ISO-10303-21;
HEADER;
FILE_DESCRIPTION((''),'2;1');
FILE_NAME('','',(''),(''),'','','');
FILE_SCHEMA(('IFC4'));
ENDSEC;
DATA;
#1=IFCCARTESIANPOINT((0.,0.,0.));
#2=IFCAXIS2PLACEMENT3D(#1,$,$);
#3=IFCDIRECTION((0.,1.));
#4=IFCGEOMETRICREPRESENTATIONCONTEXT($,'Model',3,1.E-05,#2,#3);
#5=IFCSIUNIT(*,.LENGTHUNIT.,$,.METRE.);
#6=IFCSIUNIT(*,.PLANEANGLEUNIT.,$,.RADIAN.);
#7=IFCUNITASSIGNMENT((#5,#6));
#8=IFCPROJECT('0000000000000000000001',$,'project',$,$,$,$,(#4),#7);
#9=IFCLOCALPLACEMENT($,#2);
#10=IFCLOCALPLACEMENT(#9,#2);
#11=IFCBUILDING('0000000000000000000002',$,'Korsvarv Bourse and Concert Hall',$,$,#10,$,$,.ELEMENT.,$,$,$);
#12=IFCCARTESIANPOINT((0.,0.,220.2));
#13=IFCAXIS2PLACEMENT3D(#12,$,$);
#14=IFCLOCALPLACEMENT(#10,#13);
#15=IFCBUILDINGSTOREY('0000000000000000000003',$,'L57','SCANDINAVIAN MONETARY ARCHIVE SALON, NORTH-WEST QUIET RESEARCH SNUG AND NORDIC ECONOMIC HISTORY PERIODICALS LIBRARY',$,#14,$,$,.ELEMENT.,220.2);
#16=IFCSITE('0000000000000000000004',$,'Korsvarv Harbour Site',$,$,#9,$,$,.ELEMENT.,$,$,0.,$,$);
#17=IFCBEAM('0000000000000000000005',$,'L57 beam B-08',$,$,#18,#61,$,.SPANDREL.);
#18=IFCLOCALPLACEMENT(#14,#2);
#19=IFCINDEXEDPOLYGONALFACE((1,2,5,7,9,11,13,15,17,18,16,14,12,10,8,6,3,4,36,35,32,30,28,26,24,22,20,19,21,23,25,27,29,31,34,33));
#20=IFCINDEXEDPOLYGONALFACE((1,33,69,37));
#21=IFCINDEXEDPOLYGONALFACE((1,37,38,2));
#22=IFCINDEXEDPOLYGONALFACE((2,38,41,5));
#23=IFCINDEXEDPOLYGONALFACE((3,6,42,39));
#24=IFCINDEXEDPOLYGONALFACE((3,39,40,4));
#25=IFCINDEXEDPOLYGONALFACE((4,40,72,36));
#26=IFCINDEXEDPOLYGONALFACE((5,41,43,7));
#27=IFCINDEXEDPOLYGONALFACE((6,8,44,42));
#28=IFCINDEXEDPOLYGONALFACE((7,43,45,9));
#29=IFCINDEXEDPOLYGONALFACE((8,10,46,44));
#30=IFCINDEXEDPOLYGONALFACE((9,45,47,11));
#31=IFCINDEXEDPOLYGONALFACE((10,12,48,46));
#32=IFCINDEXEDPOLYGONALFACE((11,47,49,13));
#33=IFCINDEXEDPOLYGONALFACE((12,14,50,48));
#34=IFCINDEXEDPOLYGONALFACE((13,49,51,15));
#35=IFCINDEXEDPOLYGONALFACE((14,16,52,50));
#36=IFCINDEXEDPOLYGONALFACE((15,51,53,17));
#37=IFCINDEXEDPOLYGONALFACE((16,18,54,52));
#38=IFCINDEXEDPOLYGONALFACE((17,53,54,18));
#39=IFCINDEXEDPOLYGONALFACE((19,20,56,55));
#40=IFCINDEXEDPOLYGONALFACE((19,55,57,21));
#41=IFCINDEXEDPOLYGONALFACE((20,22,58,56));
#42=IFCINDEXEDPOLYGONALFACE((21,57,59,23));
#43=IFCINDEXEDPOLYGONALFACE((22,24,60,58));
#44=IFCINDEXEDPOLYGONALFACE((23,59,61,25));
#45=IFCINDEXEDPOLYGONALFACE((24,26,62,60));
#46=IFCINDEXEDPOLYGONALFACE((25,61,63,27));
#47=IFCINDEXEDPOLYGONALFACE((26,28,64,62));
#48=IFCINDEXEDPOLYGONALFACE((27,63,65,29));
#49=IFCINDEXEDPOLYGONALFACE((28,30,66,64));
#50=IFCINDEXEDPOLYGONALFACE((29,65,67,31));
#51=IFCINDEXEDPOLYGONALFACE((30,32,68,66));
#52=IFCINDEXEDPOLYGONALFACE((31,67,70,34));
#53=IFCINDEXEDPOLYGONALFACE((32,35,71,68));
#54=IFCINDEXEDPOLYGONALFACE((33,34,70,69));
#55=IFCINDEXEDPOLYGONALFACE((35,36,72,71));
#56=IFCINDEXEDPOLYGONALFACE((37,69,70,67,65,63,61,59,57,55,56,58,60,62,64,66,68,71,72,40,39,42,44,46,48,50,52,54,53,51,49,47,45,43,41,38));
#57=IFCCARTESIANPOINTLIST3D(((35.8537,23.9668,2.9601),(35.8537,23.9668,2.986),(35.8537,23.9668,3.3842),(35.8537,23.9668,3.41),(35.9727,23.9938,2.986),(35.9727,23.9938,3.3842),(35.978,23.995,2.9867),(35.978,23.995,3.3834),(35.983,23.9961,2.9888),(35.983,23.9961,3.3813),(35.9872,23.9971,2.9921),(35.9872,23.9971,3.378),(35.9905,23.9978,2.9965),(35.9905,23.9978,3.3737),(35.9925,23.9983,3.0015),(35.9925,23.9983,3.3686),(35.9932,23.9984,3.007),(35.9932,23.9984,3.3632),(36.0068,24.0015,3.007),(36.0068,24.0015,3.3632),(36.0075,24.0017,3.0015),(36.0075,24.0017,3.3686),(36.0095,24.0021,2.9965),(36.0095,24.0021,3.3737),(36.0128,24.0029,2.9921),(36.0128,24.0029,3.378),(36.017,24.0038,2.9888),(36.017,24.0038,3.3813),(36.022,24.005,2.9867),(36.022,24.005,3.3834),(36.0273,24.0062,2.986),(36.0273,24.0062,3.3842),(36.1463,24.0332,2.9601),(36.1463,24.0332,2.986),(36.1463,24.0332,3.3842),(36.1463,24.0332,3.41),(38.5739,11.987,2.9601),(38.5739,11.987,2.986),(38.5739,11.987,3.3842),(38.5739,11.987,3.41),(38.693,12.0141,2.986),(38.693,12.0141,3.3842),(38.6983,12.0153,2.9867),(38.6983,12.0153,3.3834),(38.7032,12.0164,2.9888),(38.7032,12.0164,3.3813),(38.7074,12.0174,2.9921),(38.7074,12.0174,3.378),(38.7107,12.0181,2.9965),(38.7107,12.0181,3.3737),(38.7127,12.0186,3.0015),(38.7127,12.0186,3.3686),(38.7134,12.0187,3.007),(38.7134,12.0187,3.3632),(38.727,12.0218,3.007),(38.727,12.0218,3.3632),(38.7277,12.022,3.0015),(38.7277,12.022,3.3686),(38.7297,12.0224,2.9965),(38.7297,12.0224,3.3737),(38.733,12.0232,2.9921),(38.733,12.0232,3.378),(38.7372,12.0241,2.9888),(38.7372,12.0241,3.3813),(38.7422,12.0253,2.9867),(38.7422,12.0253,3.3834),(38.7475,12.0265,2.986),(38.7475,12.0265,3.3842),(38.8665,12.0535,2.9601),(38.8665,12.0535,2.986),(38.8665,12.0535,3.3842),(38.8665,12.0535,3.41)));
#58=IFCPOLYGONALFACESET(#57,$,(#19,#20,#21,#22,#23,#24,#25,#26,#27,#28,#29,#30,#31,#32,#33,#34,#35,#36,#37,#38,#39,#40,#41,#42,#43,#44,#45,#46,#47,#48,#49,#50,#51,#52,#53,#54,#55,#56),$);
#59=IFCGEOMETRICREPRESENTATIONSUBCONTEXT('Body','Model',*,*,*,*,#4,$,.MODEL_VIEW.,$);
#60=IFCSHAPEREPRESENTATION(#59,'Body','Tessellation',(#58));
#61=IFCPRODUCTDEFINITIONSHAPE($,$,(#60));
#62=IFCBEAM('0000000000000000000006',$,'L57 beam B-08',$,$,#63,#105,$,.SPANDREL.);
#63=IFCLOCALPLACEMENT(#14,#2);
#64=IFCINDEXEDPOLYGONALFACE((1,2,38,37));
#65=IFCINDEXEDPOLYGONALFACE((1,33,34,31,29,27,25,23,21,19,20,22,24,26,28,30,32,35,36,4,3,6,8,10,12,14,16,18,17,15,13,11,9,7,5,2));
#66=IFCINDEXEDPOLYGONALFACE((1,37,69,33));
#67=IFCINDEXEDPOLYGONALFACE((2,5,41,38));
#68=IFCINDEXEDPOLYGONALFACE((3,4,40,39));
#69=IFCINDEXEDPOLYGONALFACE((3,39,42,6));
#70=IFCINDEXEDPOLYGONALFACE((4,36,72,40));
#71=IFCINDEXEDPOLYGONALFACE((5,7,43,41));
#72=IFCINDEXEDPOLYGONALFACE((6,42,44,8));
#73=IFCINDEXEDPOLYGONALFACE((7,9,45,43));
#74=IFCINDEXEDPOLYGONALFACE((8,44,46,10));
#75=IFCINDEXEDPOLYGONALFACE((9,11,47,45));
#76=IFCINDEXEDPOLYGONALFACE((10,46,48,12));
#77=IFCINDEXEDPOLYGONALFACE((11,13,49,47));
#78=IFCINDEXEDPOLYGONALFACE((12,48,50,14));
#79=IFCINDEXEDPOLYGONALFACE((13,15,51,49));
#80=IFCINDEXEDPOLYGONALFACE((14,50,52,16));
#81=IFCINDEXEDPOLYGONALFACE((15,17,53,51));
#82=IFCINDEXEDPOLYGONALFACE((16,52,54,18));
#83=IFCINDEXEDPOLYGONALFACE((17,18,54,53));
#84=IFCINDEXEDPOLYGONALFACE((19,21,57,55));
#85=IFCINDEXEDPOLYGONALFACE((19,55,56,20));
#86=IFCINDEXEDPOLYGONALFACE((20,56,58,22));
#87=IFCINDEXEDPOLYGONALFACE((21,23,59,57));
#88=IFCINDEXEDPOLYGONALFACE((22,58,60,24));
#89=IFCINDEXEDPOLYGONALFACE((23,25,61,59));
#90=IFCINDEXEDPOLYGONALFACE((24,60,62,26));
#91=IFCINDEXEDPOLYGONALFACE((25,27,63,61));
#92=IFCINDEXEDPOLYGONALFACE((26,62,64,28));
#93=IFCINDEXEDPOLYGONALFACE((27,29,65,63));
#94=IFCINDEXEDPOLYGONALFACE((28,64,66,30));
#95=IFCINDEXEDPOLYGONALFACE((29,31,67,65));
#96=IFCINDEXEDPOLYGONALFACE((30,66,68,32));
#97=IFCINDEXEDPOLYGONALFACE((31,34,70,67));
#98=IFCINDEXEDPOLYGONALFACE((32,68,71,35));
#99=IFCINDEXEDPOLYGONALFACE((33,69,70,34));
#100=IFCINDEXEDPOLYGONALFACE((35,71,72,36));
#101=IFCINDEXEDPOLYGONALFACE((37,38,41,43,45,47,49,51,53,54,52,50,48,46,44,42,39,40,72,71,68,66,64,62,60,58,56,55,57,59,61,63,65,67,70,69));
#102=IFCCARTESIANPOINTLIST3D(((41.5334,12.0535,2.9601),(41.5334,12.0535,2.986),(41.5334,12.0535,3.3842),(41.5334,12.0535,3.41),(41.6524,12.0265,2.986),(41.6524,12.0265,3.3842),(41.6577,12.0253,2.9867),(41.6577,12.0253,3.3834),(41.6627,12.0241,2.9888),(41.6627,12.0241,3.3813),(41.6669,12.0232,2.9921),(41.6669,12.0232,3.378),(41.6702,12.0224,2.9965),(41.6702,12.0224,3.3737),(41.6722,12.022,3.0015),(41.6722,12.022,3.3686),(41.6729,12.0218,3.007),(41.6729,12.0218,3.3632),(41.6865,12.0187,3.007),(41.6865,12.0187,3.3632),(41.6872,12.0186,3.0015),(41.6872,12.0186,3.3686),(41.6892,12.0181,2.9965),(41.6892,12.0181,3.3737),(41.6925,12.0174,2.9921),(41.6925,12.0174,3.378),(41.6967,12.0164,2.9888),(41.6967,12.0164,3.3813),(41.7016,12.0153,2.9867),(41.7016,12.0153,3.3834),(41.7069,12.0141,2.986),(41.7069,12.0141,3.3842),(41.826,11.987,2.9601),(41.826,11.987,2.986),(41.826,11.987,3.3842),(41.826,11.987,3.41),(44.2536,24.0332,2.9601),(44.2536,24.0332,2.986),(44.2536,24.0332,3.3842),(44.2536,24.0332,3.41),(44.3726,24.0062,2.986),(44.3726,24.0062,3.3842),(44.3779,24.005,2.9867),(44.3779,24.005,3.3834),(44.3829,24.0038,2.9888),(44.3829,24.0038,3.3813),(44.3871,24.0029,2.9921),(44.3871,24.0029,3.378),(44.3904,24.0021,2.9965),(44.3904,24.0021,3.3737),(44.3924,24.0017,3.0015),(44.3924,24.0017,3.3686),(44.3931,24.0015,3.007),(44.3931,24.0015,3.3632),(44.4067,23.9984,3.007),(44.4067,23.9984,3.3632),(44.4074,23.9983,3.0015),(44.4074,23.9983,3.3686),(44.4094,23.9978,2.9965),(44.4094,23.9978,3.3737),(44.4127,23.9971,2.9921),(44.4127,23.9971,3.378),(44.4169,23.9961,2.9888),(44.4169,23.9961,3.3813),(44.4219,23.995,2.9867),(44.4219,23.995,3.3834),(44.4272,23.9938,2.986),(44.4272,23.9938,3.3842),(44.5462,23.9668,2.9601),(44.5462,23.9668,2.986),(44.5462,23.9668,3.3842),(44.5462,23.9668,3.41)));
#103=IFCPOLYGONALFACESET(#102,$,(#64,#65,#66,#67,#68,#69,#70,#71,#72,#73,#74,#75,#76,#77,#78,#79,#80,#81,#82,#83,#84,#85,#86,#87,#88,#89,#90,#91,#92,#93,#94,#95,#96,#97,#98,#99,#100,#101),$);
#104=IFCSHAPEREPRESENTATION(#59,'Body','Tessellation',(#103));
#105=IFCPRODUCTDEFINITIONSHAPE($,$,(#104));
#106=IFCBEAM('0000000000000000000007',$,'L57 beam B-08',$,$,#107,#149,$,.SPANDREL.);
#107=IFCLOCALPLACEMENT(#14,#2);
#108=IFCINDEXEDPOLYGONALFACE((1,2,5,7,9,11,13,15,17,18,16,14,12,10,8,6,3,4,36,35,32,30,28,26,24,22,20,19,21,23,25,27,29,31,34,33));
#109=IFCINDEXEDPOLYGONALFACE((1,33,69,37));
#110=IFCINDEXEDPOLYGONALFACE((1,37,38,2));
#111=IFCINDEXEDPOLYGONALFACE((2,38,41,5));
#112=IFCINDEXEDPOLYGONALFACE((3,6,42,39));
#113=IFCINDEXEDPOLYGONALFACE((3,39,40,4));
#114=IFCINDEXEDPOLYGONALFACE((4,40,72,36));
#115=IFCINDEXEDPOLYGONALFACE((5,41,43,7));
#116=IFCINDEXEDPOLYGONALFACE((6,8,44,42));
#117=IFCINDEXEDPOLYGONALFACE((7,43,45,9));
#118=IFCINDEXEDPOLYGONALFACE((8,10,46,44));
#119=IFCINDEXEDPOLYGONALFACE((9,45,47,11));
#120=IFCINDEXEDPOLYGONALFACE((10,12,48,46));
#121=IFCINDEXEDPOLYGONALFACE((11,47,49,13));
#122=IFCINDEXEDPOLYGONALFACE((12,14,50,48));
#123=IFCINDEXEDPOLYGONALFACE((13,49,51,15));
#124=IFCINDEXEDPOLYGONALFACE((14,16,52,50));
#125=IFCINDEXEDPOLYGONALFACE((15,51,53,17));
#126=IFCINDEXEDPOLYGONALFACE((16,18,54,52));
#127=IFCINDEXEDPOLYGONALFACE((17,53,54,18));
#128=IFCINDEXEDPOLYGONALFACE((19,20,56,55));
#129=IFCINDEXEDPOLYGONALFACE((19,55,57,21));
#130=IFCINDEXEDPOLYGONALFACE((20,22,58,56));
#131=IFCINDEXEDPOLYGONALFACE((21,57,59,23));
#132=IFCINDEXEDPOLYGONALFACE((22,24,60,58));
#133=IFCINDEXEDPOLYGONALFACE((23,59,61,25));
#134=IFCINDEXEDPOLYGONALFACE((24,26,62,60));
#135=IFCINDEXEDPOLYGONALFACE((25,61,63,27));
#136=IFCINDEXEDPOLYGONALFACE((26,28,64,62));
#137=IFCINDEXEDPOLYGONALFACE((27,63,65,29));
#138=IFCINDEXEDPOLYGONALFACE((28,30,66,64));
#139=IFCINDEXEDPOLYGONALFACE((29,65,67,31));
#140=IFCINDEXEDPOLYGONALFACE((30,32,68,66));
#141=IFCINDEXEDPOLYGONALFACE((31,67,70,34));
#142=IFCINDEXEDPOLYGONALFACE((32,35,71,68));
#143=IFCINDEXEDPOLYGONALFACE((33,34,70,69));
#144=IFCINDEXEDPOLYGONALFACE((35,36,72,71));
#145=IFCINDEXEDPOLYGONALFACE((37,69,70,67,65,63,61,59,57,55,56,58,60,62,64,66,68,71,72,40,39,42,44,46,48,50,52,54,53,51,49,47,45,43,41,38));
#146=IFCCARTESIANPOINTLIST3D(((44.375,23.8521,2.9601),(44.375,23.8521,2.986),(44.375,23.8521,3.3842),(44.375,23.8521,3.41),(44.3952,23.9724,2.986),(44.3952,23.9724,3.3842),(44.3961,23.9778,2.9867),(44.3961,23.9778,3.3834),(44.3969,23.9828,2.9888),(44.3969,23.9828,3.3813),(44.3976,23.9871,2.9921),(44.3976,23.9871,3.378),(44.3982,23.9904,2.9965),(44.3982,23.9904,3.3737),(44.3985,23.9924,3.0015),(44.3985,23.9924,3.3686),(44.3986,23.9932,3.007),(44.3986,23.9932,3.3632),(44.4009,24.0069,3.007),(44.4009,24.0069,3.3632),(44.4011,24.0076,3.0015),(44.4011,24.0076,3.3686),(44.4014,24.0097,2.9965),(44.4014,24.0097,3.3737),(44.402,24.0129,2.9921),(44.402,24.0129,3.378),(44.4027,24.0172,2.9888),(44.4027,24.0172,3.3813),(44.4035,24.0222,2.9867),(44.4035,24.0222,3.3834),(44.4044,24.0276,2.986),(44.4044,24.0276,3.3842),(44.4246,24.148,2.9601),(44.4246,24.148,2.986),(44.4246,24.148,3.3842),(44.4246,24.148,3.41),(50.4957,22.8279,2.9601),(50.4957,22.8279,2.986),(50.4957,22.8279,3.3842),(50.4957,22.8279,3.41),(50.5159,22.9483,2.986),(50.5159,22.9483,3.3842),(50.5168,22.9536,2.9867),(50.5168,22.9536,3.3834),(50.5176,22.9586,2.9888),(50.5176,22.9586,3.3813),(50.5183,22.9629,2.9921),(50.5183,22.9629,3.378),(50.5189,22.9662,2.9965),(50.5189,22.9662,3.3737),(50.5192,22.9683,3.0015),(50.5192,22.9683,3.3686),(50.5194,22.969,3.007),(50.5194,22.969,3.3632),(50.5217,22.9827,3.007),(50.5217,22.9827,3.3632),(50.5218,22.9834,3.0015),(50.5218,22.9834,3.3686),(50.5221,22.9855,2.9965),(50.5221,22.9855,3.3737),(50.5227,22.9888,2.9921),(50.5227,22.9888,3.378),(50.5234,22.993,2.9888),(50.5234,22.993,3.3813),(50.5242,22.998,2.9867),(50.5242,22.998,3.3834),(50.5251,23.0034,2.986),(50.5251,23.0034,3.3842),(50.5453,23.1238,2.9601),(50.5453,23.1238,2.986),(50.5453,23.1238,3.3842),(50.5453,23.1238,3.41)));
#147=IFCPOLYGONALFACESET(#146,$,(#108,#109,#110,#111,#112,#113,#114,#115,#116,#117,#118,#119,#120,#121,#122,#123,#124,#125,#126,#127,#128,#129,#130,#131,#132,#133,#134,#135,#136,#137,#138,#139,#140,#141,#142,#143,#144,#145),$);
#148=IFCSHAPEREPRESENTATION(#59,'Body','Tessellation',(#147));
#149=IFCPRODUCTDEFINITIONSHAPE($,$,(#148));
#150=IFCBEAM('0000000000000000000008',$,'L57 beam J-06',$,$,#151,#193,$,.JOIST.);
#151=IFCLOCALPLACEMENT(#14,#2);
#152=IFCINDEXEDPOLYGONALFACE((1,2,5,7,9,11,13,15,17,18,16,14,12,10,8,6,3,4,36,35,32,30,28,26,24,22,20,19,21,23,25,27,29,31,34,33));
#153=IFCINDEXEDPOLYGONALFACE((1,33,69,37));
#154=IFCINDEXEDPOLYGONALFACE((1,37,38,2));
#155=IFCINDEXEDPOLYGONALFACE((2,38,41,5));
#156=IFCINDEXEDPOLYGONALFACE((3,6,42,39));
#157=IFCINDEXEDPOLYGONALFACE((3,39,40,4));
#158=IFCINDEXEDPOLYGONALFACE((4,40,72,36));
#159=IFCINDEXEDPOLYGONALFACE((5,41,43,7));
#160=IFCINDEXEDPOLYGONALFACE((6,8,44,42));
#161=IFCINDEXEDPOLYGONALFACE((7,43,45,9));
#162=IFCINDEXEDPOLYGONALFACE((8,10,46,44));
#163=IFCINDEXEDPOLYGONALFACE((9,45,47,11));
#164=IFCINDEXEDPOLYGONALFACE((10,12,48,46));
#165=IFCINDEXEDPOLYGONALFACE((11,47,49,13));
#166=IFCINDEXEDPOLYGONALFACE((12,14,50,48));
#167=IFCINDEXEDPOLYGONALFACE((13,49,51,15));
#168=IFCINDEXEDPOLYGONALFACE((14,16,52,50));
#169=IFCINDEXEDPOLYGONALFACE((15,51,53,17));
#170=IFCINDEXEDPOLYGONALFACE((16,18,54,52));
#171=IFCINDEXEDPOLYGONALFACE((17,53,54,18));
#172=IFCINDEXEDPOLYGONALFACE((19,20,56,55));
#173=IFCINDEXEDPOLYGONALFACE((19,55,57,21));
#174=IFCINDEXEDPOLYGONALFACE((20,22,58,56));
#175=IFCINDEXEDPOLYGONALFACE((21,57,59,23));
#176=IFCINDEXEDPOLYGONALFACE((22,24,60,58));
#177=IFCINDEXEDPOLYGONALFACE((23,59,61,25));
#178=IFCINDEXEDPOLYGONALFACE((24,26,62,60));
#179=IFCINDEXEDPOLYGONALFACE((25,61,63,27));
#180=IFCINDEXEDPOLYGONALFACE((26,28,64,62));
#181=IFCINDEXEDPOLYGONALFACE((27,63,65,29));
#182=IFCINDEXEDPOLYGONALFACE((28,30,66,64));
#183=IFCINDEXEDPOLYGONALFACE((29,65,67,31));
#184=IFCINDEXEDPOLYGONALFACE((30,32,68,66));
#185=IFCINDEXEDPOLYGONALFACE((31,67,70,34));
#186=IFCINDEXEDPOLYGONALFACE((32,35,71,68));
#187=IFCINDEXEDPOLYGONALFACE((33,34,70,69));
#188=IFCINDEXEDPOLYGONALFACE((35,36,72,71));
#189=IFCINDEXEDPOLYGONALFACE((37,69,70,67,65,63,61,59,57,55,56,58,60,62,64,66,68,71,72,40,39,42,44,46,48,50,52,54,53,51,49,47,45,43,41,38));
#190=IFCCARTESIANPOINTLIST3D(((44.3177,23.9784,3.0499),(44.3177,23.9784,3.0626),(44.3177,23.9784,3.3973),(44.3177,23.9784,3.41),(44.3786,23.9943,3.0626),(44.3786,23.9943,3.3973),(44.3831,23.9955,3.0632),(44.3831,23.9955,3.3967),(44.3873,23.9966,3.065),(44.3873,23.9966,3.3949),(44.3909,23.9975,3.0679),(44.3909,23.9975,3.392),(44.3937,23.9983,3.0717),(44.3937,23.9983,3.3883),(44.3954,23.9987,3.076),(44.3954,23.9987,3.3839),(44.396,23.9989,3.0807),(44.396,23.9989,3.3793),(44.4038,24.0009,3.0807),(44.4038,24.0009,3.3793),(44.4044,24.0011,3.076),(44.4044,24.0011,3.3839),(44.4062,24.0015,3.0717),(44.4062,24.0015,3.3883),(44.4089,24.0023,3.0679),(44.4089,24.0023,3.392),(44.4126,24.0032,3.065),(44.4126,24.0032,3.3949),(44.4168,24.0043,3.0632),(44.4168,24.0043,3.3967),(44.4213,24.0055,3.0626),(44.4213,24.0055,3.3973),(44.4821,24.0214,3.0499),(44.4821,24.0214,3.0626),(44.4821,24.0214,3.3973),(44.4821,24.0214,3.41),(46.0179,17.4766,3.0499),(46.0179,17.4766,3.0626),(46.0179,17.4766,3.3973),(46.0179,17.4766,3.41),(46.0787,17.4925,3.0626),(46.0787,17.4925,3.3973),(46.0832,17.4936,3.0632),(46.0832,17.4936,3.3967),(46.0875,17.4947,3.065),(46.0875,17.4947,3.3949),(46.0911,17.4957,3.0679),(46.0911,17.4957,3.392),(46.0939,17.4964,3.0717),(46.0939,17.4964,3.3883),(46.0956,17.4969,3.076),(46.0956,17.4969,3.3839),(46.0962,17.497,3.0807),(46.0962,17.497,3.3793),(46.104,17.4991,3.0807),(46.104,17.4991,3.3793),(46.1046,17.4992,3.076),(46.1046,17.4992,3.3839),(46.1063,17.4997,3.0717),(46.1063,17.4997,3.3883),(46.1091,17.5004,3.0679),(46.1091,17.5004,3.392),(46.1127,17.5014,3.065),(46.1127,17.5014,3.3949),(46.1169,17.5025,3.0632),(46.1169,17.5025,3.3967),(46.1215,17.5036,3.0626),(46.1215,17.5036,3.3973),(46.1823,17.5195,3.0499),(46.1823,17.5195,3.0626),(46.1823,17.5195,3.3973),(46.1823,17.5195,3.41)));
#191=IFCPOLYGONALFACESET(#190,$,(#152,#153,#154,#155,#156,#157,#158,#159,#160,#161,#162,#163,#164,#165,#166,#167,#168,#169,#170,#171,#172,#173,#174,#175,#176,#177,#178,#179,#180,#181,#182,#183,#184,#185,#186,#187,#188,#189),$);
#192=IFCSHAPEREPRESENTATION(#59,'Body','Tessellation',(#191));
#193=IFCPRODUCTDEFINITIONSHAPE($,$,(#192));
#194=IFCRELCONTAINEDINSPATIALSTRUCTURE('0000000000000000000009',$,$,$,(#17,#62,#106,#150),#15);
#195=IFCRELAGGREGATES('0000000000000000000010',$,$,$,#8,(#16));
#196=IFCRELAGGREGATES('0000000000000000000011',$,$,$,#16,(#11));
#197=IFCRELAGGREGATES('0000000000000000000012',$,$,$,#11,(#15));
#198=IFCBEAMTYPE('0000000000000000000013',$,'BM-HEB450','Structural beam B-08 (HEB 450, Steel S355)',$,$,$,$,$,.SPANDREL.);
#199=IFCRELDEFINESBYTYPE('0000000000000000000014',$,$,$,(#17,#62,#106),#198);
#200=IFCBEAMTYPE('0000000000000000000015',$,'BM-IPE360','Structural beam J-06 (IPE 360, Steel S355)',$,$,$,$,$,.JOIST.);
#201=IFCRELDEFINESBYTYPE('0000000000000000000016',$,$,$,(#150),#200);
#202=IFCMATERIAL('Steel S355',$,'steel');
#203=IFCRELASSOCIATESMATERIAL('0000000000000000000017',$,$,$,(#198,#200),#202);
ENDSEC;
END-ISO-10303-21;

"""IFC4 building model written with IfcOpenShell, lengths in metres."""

from ifc_helpers import new_model, si_unit, direction, frame, origin, origin_2d, place, context, subcontext, project, spatial, i_section, extrude, source, transform, mapped, material, material_profile, profile_set, type_object, element, save


model = new_model("IFC4")

# Units and contexts
model_context = context("Model", 3, precision=1e-05, world=origin(), true_north=direction((0.0, 1.0)))
body_context = subcontext(model_context, "Body", "Model", "MODEL_VIEW")
ifc_project = project(units=[si_unit("LENGTHUNIT", "METRE"), si_unit("PLANEANGLEUNIT", "RADIAN")], contexts=[model_context])

# Site, building, storey
site_placement = place(None, origin())
site = spatial("IfcSite", under=ifc_project, at=site_placement, Name="Korsvarv Harbour Site", CompositionType="ELEMENT", RefElevation=0.0)
building_placement = place(site_placement, origin())
building = spatial("IfcBuilding", under=site, at=building_placement, Name="Korsvarv Bourse and Concert Hall", CompositionType="ELEMENT")
storey_placement = place(building_placement, frame((0.0, 0.0, 220.2)))
storey = spatial("IfcBuildingStorey", under=building, at=storey_placement, Name="L57", Description="SCANDINAVIAN MONETARY ARCHIVE SALON, NORTH-WEST QUIET RESEARCH SNUG AND NORDIC ECONOMIC HISTORY PERIODICALS LIBRARY", CompositionType="ELEMENT", Elevation=220.2)

# Shared definitions
ifc_material_1 = material(Name="Steel S355", Category="steel")

# Beams
ifc_material_profile_1 = material_profile(ifc_material_1, i_section(OverallWidth=0.3, OverallDepth=0.45, WebThickness=0.0139, FlangeThickness=0.0259, FilletRadius=0.021, at=origin_2d()), Name="HEB 450")
ifc_profile_set_1 = profile_set([ifc_material_profile_1], Name="Steel S355")
beam_type_1 = type_object("IfcBeamType", Name="BM-HEB450", Description="Structural beam B-08 (HEB 450, Steel S355)", PredefinedType="SPANDREL", material=ifc_profile_set_1)
shared_shape_1 = source(origin(), body_context, "Body", "SweptSolid", [
    extrude(i_section(OverallWidth=0.3, OverallDepth=0.45, WebThickness=0.0139, FlangeThickness=0.0259, FilletRadius=0.021, at=origin_2d()), origin(), (0.0, 0.0, 1.0), 12.2847),
])
for number, where, z_axis, x_axis, name in (
    (1, (38.7202, 12.0203, 3.1851), (-0.221431, 0.975176, 0.0), (-0.975176, -0.221431, 0.0), "L57 beam B-08"),
    (2, (41.6797, 12.0203, 3.1851), (0.221431, 0.975176, 0.0), (-0.975176, 0.221431, 0.0), "L57 beam B-08"),
):
    element("IfcBeam", number, at=place(storey_placement, frame(where, z_axis=z_axis, x_axis=x_axis)), inside=storey, type_object=beam_type_1, Name=name, PredefinedType="SPANDREL", context=body_context, shape_type="MappedRepresentation", body=[
        mapped(shared_shape_1, transform((0.0, 0.0, 0.0), scale=1.0)),
    ])
shared_shape_2 = source(origin(), body_context, "Body", "SweptSolid", [
    extrude(i_section(OverallWidth=0.3, OverallDepth=0.45, WebThickness=0.0139, FlangeThickness=0.0259, FilletRadius=0.021, at=origin_2d()), origin(), (0.0, 0.0, 1.0), 6.2058),
])
beam_1_placement = place(storey_placement, frame((50.5205, 22.9758, 3.1851), z_axis=(-0.986287, 0.165037, 0.0), x_axis=(-0.165037, -0.986287, 0.0)))
element("IfcBeam", 3, at=beam_1_placement, inside=storey, type_object=beam_type_1, Name="L57 beam B-08", PredefinedType="SPANDREL", context=body_context, shape_type="MappedRepresentation", body=[
    mapped(shared_shape_2, transform((0.0, 0.0, 0.0), scale=1.0)),
])
ifc_material_profile_2 = material_profile(ifc_material_1, i_section(OverallWidth=0.1699, OverallDepth=0.3601, WebThickness=0.0081, FlangeThickness=0.0127, FilletRadius=0.0181, at=origin_2d()), Name="IPE 360")
ifc_profile_set_2 = profile_set([ifc_material_profile_2], Name="Steel S355")
beam_type_2 = type_object("IfcBeamType", Name="BM-IPE360", Description="Structural beam J-06 (IPE 360, Steel S355)", PredefinedType="JOIST", material=ifc_profile_set_2)
shared_shape_3 = source(origin(), body_context, "Body", "SweptSolid", [
    extrude(i_section(OverallWidth=0.1699, OverallDepth=0.3601, WebThickness=0.0081, FlangeThickness=0.0127, FilletRadius=0.0181, at=origin_2d()), origin(), (0.0, 0.0, 1.0), 6.7205),
])
beam_2_placement = place(storey_placement, frame((46.1001, 17.498, 3.23), z_axis=(-0.252984, 0.967471, 0.0), x_axis=(-0.967471, -0.252984, 0.0)))
element("IfcBeam", 4, at=beam_2_placement, inside=storey, type_object=beam_type_2, Name="L57 beam J-06", PredefinedType="JOIST", context=body_context, shape_type="MappedRepresentation", body=[
    mapped(shared_shape_3, transform((0.0, 0.0, 0.0), scale=1.0)),
])

save(model, "model.ifc")
